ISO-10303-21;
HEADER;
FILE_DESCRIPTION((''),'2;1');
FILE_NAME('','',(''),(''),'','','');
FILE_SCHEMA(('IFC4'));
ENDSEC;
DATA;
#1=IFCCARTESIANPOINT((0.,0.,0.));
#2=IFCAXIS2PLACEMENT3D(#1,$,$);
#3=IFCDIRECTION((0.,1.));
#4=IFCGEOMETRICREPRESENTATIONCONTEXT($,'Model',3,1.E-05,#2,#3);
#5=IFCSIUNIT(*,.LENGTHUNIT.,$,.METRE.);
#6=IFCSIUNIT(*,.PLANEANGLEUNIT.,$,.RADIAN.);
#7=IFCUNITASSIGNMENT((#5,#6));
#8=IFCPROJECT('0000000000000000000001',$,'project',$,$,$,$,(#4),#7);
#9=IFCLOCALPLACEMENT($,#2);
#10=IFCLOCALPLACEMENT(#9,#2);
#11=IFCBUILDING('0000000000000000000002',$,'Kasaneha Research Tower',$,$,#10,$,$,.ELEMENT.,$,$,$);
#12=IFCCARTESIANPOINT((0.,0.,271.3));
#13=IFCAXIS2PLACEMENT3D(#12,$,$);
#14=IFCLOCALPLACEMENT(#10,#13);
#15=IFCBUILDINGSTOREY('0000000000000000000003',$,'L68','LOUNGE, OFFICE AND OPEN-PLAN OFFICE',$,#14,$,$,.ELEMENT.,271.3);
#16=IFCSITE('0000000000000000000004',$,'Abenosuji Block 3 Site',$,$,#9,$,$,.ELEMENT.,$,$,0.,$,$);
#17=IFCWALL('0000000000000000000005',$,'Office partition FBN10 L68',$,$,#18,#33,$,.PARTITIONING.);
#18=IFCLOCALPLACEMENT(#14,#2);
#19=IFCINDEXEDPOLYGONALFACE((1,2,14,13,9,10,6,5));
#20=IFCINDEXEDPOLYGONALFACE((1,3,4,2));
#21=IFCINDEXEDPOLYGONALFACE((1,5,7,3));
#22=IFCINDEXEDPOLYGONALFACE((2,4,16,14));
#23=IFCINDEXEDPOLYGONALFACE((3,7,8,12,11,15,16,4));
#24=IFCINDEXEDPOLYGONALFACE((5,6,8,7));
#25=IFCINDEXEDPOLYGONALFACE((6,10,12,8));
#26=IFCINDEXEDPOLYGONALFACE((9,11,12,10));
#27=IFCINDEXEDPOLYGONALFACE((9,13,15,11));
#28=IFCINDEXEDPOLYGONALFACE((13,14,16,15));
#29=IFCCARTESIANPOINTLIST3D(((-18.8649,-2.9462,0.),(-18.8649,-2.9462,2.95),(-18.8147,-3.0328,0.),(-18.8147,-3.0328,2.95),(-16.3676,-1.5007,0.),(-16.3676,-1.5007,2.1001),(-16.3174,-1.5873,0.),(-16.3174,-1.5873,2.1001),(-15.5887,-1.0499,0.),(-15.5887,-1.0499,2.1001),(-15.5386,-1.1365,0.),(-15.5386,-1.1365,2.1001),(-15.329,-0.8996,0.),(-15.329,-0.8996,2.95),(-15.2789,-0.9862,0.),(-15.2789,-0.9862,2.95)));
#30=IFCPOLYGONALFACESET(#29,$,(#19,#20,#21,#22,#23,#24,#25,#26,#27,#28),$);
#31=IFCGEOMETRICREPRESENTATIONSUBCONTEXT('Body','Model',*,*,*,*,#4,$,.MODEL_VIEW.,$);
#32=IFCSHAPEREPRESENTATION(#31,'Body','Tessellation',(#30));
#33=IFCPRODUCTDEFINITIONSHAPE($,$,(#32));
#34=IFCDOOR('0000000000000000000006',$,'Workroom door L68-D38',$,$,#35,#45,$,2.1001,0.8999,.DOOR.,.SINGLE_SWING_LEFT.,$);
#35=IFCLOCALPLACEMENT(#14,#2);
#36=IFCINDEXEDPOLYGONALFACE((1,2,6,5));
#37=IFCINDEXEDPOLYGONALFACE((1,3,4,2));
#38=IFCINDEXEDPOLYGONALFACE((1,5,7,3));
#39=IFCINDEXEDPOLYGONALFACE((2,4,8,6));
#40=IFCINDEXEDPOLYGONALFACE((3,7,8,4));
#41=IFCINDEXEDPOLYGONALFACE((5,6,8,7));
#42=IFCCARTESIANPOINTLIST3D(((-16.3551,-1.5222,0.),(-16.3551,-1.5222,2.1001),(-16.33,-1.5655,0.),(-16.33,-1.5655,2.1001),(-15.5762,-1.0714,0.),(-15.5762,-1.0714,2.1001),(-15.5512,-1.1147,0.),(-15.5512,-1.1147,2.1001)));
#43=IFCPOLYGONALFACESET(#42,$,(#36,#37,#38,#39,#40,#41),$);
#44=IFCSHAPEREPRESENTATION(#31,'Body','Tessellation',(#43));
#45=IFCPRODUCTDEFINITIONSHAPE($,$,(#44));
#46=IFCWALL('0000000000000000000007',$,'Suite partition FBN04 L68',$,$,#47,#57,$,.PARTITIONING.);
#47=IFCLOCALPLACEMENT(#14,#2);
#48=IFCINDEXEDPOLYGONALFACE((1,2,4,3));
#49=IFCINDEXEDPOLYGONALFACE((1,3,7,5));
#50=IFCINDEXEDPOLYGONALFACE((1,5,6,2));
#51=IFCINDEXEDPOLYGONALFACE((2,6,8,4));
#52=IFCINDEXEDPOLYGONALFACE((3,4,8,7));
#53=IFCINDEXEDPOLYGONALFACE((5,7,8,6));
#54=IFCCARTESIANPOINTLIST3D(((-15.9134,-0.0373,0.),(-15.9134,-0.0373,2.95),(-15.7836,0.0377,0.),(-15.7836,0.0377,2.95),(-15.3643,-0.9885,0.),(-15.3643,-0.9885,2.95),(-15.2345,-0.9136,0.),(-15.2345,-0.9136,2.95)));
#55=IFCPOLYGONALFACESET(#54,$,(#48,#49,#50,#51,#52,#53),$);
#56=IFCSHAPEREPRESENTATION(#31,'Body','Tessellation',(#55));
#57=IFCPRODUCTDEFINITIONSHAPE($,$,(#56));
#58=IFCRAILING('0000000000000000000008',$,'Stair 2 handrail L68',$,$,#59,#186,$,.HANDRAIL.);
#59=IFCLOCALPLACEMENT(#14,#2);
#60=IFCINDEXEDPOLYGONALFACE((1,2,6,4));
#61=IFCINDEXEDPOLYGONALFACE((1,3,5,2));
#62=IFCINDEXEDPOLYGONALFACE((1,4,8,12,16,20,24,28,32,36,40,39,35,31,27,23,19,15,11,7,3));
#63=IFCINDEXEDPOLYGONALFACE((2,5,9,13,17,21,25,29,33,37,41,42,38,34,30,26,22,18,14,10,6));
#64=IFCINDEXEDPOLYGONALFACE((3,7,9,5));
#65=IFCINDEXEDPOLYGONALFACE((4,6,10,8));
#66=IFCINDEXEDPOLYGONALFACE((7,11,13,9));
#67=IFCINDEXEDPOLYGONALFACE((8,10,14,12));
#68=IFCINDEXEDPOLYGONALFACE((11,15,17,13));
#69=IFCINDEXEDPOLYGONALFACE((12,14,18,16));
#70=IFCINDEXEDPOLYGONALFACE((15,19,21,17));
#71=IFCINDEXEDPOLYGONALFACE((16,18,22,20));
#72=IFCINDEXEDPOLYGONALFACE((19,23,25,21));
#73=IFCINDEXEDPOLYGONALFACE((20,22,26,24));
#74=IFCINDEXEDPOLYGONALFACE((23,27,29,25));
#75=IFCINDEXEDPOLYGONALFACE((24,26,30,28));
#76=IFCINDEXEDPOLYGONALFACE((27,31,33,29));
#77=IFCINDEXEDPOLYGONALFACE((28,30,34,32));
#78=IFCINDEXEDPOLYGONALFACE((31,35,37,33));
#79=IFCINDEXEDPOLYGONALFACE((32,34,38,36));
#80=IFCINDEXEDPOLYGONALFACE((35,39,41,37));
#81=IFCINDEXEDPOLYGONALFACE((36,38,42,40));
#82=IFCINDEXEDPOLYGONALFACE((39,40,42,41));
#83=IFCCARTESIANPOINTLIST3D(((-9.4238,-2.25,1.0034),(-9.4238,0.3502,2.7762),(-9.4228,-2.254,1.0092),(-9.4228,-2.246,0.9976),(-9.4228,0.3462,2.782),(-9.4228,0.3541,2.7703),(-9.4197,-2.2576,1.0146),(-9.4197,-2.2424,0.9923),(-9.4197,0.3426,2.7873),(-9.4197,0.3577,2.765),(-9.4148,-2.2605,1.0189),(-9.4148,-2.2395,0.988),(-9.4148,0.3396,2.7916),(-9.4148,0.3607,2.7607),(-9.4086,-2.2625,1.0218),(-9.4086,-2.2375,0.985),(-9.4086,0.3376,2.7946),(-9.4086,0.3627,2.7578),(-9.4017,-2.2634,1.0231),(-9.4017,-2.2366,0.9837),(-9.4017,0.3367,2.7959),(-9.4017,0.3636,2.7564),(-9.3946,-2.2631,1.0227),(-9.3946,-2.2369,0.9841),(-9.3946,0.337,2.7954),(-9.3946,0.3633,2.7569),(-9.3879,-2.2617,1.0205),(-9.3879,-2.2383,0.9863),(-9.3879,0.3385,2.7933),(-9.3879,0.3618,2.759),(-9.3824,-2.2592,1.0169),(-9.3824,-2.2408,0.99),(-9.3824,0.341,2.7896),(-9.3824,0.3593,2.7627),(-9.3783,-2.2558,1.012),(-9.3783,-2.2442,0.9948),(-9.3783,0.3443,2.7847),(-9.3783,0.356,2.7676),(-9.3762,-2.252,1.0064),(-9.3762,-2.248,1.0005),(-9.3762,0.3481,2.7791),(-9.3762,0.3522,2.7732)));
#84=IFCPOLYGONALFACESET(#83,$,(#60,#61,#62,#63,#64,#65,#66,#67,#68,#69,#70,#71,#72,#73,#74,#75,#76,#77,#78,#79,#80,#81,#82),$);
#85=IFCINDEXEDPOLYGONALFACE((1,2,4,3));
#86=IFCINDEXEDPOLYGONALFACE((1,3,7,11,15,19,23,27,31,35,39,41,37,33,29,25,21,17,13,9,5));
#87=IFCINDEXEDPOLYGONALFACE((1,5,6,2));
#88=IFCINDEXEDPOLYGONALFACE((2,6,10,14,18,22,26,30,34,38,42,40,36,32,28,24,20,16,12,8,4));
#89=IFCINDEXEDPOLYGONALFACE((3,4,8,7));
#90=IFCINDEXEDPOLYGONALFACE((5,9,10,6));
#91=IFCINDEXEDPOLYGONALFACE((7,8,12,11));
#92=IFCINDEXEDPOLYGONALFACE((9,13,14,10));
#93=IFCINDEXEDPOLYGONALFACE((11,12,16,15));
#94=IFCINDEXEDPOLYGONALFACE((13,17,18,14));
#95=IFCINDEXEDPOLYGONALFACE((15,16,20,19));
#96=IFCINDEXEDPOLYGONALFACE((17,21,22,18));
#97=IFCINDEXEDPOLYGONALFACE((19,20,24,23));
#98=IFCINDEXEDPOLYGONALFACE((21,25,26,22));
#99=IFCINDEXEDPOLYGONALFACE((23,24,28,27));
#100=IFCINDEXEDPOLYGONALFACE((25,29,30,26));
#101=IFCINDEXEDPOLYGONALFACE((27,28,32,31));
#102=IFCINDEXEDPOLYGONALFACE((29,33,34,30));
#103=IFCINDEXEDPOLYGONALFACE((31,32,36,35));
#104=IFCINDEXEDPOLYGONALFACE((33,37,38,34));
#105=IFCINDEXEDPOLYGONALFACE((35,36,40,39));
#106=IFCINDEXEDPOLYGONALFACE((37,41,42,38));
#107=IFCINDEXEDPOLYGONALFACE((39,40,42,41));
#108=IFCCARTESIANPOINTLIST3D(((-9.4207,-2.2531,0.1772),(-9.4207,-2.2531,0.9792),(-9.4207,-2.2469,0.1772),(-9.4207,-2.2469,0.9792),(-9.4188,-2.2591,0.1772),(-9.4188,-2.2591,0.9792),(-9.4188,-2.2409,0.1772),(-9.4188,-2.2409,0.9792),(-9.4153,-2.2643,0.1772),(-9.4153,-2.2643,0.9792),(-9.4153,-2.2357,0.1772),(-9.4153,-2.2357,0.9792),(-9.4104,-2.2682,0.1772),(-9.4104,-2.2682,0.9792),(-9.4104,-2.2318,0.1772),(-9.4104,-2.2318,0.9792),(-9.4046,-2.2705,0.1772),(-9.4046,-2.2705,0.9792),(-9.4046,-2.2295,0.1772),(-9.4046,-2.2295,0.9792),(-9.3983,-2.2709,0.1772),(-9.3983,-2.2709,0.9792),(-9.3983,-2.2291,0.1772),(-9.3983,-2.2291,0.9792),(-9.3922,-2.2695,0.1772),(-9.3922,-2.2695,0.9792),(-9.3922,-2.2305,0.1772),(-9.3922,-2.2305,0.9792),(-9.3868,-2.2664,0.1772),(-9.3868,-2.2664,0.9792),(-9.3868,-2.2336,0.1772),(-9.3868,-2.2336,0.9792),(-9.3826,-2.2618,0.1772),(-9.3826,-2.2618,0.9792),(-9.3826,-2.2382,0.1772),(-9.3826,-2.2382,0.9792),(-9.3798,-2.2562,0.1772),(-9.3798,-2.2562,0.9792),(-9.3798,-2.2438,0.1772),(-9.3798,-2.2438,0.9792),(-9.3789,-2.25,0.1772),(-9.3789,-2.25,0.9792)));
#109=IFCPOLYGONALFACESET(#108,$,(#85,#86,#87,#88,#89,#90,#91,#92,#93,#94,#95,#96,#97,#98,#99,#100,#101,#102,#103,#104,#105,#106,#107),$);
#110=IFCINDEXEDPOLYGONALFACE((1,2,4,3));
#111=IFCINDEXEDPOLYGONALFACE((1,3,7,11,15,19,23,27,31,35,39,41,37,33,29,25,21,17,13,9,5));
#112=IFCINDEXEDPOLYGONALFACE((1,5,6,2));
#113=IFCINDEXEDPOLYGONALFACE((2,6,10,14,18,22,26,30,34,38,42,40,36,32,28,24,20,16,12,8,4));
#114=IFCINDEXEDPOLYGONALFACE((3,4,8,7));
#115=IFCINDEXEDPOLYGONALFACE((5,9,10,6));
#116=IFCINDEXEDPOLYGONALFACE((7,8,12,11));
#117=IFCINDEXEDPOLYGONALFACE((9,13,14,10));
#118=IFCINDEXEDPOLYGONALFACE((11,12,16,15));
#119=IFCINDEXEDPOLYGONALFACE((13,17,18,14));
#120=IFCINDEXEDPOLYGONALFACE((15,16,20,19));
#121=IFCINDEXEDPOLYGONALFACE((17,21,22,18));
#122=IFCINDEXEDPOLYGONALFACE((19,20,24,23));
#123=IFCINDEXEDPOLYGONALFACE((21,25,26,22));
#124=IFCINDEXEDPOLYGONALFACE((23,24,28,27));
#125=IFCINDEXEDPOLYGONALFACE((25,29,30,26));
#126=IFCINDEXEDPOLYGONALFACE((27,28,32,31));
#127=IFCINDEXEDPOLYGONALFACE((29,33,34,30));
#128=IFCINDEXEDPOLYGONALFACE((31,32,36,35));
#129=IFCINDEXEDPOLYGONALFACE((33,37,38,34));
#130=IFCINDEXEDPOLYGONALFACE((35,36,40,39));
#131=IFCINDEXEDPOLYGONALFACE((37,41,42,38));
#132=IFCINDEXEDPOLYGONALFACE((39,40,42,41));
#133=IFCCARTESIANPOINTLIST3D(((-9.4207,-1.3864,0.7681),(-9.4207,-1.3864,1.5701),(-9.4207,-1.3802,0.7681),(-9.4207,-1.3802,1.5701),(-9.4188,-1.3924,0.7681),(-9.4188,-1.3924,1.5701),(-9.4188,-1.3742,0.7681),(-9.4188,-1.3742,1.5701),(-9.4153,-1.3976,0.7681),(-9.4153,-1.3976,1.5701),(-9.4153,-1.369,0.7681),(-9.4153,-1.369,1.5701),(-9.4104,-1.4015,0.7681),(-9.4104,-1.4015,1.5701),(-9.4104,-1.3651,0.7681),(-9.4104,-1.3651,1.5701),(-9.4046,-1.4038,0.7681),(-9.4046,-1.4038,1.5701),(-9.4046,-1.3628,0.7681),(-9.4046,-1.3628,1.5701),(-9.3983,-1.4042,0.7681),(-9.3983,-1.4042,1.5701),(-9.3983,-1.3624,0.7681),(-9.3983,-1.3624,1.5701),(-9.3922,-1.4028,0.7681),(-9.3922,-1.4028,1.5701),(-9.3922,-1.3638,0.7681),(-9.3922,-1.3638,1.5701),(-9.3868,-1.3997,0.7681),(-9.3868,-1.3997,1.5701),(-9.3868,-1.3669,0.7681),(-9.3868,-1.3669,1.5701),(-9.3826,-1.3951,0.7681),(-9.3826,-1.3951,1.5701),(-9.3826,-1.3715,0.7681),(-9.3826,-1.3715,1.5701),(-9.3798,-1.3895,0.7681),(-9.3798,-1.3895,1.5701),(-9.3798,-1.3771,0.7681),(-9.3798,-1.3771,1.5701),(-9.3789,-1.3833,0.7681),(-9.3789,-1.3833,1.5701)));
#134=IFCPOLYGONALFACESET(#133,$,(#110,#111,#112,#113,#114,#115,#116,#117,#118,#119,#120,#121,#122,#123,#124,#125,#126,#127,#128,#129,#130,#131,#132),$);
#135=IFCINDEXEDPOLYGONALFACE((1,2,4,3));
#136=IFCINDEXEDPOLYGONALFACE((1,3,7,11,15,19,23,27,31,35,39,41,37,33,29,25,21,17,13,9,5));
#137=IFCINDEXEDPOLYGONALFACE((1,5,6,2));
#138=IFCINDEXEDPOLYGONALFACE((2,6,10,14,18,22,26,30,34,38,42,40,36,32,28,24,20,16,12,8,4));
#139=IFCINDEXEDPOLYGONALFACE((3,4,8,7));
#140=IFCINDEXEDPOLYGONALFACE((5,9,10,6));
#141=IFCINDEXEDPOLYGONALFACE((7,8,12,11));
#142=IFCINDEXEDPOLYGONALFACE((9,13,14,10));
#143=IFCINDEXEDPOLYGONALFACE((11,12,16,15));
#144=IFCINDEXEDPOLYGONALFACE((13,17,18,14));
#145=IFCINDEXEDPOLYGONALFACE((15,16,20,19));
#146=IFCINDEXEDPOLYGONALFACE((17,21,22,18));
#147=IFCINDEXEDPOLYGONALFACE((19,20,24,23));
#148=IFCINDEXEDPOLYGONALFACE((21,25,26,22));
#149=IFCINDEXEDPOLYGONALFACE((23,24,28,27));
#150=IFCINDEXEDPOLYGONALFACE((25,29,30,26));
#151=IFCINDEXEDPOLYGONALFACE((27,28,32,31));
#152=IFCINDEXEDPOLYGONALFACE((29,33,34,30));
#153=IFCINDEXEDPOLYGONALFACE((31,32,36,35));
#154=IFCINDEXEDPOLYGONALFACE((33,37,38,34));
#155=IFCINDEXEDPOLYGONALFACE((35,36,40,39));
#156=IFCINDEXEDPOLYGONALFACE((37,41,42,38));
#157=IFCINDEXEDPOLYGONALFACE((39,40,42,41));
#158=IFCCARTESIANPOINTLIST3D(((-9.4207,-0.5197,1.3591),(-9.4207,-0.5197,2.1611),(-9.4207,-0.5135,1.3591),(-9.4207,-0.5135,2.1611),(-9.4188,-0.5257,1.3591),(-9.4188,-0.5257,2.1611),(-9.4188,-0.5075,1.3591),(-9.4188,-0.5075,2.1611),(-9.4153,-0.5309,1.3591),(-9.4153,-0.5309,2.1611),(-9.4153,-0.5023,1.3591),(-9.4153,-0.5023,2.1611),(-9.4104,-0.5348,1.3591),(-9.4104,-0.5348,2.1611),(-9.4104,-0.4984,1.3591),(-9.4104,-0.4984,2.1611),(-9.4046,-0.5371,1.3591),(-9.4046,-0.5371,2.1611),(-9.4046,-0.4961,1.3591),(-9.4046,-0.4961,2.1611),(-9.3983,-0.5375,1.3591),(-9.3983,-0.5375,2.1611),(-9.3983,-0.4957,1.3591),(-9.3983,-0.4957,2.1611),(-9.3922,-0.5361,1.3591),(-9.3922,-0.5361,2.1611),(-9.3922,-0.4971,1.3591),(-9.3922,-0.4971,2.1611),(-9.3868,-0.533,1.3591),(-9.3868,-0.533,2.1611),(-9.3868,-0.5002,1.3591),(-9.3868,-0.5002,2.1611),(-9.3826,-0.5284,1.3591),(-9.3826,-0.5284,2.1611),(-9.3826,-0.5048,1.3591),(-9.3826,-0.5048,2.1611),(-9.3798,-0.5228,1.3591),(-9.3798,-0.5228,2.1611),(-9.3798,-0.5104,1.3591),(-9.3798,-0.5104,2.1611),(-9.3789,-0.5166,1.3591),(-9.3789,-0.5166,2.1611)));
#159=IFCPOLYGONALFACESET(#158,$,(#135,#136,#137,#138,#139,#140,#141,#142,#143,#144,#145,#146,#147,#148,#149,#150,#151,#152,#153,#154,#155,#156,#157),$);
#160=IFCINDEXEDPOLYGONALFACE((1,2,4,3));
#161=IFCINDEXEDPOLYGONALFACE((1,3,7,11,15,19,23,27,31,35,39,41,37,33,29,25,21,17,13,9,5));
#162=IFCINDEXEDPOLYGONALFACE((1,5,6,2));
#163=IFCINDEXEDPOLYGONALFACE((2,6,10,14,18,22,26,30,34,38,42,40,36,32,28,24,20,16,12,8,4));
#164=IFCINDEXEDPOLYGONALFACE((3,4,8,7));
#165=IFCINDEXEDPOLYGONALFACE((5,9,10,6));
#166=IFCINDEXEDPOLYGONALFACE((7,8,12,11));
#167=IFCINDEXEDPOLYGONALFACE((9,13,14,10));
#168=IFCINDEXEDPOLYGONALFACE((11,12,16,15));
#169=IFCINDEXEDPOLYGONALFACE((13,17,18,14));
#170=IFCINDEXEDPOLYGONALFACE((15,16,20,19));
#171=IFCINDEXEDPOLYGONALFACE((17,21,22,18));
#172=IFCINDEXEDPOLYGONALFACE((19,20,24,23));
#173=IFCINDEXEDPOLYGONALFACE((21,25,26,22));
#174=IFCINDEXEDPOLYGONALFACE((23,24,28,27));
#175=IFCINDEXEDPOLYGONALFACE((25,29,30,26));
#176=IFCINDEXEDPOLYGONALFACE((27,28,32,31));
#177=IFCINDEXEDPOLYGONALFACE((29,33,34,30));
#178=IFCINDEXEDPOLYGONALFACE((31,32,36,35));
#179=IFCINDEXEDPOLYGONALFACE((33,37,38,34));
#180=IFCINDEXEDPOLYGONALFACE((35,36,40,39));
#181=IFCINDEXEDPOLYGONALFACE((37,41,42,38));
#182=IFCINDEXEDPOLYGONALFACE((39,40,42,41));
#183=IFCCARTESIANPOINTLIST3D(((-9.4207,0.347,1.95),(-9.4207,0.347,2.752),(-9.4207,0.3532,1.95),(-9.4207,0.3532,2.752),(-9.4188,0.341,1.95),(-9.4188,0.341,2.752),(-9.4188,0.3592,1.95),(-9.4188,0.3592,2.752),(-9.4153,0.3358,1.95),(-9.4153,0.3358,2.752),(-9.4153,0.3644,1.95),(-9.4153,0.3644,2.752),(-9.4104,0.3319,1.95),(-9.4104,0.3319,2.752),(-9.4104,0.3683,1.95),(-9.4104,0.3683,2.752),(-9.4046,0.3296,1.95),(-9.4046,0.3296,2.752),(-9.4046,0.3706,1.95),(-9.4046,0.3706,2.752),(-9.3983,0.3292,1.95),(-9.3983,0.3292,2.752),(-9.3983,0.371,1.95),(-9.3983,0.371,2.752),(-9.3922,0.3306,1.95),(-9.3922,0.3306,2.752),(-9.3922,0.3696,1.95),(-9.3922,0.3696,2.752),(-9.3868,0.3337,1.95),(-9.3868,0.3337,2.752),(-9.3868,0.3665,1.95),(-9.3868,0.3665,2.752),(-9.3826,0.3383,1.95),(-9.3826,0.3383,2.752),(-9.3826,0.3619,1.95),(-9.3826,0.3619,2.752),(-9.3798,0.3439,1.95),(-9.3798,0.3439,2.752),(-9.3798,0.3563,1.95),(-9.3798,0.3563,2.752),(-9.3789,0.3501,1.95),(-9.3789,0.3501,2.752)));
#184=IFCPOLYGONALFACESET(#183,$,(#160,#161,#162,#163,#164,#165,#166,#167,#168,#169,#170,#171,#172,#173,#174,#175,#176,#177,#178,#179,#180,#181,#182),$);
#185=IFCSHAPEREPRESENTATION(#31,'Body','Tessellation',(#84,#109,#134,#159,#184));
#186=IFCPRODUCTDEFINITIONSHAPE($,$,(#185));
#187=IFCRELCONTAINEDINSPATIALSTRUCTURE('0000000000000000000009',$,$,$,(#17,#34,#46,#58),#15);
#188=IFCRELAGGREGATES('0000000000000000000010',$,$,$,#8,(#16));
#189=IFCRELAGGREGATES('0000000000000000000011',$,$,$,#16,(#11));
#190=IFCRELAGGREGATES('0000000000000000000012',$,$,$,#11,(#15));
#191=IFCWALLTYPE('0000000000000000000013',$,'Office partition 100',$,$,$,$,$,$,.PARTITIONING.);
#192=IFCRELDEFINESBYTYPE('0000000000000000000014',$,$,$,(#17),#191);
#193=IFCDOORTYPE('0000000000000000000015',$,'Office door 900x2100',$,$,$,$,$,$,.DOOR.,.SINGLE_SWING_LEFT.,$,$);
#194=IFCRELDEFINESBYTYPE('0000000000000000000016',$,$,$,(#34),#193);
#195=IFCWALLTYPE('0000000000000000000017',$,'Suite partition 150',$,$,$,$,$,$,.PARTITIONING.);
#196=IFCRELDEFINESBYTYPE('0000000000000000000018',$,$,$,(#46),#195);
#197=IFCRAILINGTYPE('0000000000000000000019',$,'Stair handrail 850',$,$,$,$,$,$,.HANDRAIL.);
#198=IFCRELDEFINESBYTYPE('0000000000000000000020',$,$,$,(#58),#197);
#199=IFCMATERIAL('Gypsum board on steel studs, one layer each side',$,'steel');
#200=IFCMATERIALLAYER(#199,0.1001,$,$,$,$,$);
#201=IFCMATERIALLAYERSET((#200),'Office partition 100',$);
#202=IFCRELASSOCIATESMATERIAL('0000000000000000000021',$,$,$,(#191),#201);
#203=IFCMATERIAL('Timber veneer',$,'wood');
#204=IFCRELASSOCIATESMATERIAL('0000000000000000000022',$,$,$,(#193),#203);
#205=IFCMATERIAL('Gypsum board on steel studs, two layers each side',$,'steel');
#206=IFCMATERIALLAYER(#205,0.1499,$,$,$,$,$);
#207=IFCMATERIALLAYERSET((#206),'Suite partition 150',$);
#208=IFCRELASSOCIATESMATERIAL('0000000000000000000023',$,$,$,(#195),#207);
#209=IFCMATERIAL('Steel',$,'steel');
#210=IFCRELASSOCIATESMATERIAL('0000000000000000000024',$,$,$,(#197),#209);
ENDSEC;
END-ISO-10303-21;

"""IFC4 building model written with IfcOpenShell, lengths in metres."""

from ifc_helpers import new_model, si_unit, direction, frame, frame_2d, origin, origin_2d, place, context, subcontext, project, spatial, rectangle, circle, extrude, material, layer, layer_set, type_object, element, fill, save


model = new_model("IFC4")

# Units and contexts
model_context = context("Model", 3, precision=1e-05, world=origin(), true_north=direction((0.0, 1.0)))
body_context = subcontext(model_context, "Body", "Model", "MODEL_VIEW")
ifc_project = project(units=[si_unit("LENGTHUNIT", "METRE"), si_unit("PLANEANGLEUNIT", "RADIAN")], contexts=[model_context])

# Site, building, storey
site_placement = place(None, origin())
site = spatial("IfcSite", under=ifc_project, at=site_placement, Name="Abenosuji Block 3 Site", CompositionType="ELEMENT", RefElevation=0.0)
building_placement = place(site_placement, origin())
building = spatial("IfcBuilding", under=site, at=building_placement, Name="Kasaneha Research Tower", CompositionType="ELEMENT")
storey_placement = place(building_placement, frame((0.0, 0.0, 271.3)))
storey = spatial("IfcBuildingStorey", under=building, at=storey_placement, Name="L68", Description="LOUNGE, OFFICE AND OPEN-PLAN OFFICE", CompositionType="ELEMENT", Elevation=271.3)

# Wall, opening, door
ifc_material_1 = material(Name="Gypsum board on steel studs, one layer each side", Category="steel")
ifc_layer_1 = layer(ifc_material_1, 0.1001)
ifc_layer_set_1 = layer_set([ifc_layer_1], Name="Office partition 100")
wall_type_1 = type_object("IfcWallType", Name="Office partition 100", PredefinedType="PARTITIONING", material=ifc_layer_set_1)
wall_1_placement = place(storey_placement, frame((-15.304, -0.9429, 0.0), z_axis=(0.0, 0.0, 1.0), x_axis=(-0.865475, -0.500951, 0.0)))
wall_1 = element("IfcWall", 1, at=wall_1_placement, inside=storey, type_object=wall_type_1, Name="Office partition FBN10 L68", PredefinedType="PARTITIONING", context=body_context, shape_type="SweptSolid", body=[
    extrude(rectangle(XDim=4.0854, YDim=0.1001, at=frame_2d((2.0427, 0.0))), origin(), (0.0, 0.0, 1.0), 2.95),
])
opening_1_placement = place(wall_1_placement, frame((0.3, 0.0, 0.0)))
opening_1 = element("IfcOpeningElement", 2, at=opening_1_placement, cuts=wall_1, PredefinedType="OPENING", context=body_context, shape_type="SweptSolid", body=[
    extrude(rectangle(XDim=0.8999, YDim=2.1001, at=frame_2d((0.45, 1.05))), frame((0.0, 0.0601, 0.0), z_axis=(0.0, -1.0, 0.0), x_axis=(1.0, 0.0, 0.0)), (0.0, 0.0, 1.0), 0.1201),
])
ifc_material_2 = material(Name="Timber veneer", Category="wood")
door_type_1 = type_object("IfcDoorType", Name="Office door 900x2100", OperationType="SINGLE_SWING_LEFT", PredefinedType="DOOR", material=ifc_material_2)
door_1_placement = place(opening_1_placement, origin())
door_1 = element("IfcDoor", 3, at=door_1_placement, inside=storey, type_object=door_type_1, Name="Workroom door L68-D38", OperationType="SINGLE_SWING_LEFT", OverallHeight=2.1001, OverallWidth=0.8999, PredefinedType="DOOR", context=body_context, shape_type="SweptSolid", body=[
    extrude(rectangle(XDim=0.8999, YDim=2.1001, at=frame_2d((0.45, 1.05))), frame((0.0, 0.0249, 0.0), z_axis=(0.0, -1.0, 0.0), x_axis=(1.0, 0.0, 0.0)), (0.0, 0.0, 1.0), 0.05),
])
fill(opening_1, door_1)

# Wall
ifc_material_3 = material(Name="Gypsum board on steel studs, two layers each side", Category="steel")
ifc_layer_2 = layer(ifc_material_3, 0.1499)
ifc_layer_set_2 = layer_set([ifc_layer_2], Name="Suite partition 150")
wall_type_2 = type_object("IfcWallType", Name="Suite partition 150", PredefinedType="PARTITIONING", material=ifc_layer_set_2)
wall_2_placement = place(storey_placement, frame((-15.2993, -0.9512, 0.0), z_axis=(0.0, 0.0, 1.0), x_axis=(-0.499941, 0.86606, 0.0)))
element("IfcWall", 4, at=wall_2_placement, inside=storey, type_object=wall_type_2, Name="Suite partition FBN04 L68", PredefinedType="PARTITIONING", context=body_context, shape_type="SweptSolid", body=[
    extrude(rectangle(XDim=1.0984, YDim=0.1499, at=frame_2d((0.5493, 0.0))), origin(), (0.0, 0.0, 1.0), 2.95),
])

# Railing
ifc_material_4 = material(Name="Steel", Category="steel")
railing_type = type_object("IfcRailingType", Name="Stair handrail 850", PredefinedType="HANDRAIL", material=ifc_material_4)
railing_placement = place(storey_placement, frame((-9.3999, -2.25, 0.1772)))
element("IfcRailing", 5, at=railing_placement, inside=storey, type_object=railing_type, Name="Stair 2 handrail L68", PredefinedType="HANDRAIL", context=body_context, shape_type="SweptSolid", body=[
    extrude(circle(Radius=0.0239, at=origin_2d()), frame((0.0, 0.0, 0.8262), z_axis=(0.0, 0.82624, 0.563318), x_axis=(-1.0, 0.0, 0.0)), (0.0, 0.0, 1.0), 3.147),
    extrude(circle(Radius=0.021, at=origin_2d()), origin(), (0.0, 0.0, 1.0), 0.802),
    extrude(circle(Radius=0.021, at=origin_2d()), frame((0.0, 0.8667, 0.5908)), (0.0, 0.0, 1.0), 0.802),
    extrude(circle(Radius=0.021, at=origin_2d()), frame((0.0, 1.7334, 1.1819)), (0.0, 0.0, 1.0), 0.802),
    extrude(circle(Radius=0.021, at=origin_2d()), frame((0.0, 2.6001, 1.7727)), (0.0, 0.0, 1.0), 0.802),
])

save(model, "model.ifc")
